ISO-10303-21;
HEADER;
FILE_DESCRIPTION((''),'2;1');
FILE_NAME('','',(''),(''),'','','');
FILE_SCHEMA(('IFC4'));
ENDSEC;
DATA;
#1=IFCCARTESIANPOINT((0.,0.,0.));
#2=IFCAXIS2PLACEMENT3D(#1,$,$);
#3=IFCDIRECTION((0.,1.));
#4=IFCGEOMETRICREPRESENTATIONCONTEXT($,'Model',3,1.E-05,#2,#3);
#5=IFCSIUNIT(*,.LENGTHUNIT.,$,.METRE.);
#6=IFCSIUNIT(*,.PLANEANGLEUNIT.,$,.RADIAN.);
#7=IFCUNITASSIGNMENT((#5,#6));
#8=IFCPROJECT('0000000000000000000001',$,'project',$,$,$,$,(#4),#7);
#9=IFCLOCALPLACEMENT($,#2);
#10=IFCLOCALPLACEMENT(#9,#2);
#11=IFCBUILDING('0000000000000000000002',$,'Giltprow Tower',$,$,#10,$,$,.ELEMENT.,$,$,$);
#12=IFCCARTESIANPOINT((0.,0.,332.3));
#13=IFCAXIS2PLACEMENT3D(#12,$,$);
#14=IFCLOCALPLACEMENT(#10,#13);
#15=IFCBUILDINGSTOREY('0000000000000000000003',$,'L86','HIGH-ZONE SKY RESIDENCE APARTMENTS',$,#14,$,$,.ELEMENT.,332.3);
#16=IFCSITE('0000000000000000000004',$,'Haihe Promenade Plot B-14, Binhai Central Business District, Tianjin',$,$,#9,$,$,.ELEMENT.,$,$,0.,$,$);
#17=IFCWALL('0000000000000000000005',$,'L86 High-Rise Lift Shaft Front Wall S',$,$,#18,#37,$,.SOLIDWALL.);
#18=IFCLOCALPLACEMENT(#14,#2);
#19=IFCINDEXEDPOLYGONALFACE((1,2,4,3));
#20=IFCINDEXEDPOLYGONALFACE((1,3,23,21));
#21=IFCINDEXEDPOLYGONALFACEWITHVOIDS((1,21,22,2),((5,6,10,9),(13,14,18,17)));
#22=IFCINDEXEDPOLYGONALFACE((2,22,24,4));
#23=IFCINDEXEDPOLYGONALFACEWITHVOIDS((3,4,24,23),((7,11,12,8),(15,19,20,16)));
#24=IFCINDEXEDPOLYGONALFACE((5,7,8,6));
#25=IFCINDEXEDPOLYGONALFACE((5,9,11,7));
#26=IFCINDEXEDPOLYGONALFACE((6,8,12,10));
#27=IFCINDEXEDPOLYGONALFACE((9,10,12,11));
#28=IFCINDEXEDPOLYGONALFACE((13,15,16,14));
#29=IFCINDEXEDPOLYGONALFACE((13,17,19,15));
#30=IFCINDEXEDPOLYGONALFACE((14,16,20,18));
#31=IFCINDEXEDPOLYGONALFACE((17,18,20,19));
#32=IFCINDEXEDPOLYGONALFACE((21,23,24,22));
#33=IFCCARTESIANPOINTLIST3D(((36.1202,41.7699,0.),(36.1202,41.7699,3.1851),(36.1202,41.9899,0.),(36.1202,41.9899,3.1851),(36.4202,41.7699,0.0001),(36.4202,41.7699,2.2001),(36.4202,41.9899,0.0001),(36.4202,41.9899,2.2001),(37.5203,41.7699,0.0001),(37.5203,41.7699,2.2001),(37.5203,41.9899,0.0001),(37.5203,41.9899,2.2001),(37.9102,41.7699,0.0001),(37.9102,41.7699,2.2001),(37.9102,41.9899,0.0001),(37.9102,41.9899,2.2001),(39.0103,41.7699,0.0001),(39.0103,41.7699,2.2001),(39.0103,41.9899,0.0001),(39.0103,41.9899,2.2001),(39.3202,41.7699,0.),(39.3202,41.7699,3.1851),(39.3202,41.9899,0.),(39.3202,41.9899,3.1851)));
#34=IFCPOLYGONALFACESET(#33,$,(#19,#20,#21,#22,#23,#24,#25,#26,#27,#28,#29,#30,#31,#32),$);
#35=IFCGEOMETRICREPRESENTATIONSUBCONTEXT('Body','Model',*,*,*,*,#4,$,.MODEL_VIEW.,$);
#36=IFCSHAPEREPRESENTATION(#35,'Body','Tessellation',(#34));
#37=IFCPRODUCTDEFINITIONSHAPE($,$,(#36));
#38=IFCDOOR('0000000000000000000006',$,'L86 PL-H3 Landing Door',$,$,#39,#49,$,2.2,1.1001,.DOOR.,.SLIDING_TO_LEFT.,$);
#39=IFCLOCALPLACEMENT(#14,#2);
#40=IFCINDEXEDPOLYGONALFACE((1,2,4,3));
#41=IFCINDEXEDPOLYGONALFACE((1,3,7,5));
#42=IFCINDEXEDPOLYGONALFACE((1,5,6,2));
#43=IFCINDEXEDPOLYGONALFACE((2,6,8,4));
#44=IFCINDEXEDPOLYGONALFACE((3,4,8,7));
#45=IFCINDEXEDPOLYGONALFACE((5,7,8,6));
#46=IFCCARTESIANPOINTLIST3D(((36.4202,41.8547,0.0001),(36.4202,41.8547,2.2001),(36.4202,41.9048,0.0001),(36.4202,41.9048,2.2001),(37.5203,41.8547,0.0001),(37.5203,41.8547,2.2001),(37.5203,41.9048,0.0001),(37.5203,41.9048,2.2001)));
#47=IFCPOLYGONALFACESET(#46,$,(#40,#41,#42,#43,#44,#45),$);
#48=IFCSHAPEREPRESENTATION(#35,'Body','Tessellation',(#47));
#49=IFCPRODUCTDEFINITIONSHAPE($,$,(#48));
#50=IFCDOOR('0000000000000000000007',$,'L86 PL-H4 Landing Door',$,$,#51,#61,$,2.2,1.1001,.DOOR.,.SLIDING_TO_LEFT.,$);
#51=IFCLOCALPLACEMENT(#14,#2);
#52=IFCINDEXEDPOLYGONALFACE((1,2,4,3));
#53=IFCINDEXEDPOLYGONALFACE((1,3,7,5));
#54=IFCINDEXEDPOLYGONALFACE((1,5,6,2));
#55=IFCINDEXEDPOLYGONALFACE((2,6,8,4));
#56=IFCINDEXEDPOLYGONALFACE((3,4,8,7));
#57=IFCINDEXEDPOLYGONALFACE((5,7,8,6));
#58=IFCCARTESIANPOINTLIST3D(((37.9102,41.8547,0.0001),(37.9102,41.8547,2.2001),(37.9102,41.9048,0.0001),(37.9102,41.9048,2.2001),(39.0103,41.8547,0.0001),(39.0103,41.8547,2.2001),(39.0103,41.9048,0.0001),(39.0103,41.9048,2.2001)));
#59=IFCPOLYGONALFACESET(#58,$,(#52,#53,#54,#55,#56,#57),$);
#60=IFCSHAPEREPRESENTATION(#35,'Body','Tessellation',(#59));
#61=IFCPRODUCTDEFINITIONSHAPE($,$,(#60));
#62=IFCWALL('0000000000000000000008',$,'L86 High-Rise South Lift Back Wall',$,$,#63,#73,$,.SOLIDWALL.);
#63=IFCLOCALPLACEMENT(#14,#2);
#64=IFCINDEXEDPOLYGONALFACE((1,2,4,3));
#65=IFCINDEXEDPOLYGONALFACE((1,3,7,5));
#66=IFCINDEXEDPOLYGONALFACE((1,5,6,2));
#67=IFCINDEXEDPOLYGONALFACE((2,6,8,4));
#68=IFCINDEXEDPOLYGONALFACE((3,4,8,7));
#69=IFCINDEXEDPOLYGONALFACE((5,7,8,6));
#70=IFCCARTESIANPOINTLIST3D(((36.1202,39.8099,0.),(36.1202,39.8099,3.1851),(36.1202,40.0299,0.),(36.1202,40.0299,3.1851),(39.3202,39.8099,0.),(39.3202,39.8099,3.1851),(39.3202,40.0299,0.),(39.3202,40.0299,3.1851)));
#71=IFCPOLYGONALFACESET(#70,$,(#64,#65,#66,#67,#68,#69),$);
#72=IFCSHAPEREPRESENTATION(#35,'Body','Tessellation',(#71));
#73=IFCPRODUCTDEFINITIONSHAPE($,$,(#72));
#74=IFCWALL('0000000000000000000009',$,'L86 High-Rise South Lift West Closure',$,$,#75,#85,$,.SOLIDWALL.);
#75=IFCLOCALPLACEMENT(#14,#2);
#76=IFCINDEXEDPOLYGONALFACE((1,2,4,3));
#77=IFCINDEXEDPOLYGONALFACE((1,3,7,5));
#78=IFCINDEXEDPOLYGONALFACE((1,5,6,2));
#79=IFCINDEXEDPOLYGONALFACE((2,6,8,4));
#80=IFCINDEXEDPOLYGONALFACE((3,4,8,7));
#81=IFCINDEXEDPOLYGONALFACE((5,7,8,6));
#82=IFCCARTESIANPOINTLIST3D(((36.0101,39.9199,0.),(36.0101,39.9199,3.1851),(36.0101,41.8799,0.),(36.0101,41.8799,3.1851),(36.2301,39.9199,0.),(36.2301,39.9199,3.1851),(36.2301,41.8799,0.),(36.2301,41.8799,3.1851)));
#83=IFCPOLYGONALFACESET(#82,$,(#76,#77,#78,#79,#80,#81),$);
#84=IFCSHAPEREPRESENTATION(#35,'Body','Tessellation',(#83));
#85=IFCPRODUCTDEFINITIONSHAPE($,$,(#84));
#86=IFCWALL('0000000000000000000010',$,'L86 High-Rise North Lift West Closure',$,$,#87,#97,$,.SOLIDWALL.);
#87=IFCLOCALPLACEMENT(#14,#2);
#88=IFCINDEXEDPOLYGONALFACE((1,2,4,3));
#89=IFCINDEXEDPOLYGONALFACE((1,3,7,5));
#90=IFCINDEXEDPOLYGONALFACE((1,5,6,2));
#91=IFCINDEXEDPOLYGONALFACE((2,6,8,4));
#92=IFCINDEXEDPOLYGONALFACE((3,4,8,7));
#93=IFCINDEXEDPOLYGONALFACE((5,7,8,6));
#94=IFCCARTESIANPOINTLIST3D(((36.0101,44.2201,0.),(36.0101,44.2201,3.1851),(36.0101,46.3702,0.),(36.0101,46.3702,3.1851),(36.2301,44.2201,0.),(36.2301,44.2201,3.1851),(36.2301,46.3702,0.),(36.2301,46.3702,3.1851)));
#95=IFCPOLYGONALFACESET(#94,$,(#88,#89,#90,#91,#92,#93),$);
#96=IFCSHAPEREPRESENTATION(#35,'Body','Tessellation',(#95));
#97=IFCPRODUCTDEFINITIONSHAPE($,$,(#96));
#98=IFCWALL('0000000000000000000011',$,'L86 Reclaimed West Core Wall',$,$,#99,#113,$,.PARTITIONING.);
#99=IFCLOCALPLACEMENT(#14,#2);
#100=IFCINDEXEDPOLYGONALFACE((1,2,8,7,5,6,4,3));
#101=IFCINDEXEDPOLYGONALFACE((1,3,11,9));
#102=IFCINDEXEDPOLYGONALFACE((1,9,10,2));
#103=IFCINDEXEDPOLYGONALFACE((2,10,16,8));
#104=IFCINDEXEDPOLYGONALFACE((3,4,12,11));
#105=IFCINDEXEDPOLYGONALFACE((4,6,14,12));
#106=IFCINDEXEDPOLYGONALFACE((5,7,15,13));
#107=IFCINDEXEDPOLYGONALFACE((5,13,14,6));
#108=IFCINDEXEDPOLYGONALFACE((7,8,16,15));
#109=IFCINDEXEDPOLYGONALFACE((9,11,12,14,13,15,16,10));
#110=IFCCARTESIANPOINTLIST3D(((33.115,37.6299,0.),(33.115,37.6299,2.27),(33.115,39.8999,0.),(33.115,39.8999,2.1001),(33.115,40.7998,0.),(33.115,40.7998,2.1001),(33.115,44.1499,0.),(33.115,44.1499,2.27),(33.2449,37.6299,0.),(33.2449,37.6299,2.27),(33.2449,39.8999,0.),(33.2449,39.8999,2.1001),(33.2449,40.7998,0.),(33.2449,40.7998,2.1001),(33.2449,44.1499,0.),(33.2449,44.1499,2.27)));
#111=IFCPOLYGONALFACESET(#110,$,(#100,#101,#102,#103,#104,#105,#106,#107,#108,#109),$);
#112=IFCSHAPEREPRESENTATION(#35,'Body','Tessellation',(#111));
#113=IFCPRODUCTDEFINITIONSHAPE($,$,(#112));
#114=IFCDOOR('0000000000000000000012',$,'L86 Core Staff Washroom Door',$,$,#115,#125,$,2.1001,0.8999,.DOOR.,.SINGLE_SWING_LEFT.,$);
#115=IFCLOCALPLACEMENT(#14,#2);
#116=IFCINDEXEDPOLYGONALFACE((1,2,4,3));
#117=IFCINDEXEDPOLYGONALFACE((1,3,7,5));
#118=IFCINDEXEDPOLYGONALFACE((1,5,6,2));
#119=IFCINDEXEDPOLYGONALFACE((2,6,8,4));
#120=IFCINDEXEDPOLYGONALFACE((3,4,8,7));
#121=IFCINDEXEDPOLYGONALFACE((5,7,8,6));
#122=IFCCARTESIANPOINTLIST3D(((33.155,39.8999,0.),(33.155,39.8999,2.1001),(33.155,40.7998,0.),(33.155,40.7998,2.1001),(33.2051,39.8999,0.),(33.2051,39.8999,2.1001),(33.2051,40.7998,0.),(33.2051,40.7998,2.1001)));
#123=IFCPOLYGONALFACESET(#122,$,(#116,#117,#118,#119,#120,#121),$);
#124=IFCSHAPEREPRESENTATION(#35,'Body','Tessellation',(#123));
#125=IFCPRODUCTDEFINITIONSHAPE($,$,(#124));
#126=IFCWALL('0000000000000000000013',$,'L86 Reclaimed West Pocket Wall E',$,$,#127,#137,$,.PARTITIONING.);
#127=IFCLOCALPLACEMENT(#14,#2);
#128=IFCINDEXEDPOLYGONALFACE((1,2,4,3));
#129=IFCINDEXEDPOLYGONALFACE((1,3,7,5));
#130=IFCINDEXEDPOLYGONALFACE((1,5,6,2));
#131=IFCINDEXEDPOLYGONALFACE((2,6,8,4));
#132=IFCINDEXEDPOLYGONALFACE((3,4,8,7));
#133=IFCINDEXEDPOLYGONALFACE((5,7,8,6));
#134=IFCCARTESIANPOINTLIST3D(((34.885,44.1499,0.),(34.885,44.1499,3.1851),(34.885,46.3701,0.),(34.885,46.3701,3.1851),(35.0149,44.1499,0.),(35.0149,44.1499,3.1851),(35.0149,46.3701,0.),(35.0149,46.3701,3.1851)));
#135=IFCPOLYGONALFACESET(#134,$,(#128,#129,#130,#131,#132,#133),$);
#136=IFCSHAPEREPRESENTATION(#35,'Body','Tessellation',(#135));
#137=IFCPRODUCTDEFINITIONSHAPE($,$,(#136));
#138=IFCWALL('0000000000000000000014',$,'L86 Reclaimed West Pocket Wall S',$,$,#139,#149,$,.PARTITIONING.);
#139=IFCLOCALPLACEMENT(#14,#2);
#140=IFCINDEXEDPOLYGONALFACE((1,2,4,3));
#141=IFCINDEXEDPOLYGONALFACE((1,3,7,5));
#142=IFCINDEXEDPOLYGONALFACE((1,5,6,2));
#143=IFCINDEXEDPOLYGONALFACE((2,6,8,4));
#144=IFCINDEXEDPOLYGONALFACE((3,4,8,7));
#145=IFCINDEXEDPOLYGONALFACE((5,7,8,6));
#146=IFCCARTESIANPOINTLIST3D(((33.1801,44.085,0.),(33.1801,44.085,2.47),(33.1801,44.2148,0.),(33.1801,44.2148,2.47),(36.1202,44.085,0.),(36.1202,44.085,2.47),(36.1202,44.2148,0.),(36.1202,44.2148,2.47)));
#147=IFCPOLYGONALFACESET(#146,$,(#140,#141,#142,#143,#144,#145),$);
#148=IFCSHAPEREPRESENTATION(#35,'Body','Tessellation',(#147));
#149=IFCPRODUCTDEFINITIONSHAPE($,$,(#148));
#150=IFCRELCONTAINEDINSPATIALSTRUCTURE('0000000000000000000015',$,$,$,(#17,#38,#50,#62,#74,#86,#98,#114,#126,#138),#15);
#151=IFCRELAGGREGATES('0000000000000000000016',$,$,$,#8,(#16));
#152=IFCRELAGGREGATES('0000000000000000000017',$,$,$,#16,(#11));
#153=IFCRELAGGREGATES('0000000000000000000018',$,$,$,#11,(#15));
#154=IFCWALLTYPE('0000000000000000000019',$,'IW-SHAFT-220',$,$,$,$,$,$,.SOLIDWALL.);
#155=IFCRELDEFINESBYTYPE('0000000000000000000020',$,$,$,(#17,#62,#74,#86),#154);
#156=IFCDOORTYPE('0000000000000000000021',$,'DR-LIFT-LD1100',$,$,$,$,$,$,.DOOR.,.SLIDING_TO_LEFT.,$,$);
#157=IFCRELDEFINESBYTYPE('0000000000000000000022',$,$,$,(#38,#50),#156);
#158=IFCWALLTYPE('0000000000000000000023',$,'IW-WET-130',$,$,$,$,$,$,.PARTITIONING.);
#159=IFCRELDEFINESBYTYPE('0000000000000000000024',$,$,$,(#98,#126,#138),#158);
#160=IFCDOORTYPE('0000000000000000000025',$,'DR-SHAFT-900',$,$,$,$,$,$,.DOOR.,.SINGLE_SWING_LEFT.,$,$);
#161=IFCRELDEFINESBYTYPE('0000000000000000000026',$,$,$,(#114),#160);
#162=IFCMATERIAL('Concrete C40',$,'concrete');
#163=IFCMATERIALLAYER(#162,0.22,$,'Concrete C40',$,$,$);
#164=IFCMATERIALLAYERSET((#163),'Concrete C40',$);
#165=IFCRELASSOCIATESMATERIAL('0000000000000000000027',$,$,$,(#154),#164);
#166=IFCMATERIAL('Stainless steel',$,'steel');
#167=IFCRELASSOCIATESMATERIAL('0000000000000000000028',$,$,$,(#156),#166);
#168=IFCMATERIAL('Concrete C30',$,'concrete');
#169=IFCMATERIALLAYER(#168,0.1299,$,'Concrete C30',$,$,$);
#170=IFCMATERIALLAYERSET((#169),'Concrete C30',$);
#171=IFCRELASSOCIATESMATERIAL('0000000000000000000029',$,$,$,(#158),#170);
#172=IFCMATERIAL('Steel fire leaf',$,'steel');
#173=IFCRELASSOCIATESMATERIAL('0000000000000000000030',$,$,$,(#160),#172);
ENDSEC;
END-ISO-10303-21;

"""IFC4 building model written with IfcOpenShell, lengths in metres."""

from ifc_helpers import new_model, si_unit, direction, frame, frame_2d, origin, place, context, subcontext, project, spatial, rectangle, extrude, source, transform, mapped, material, layer, layer_set, type_object, element, fill, save


model = new_model("IFC4")

# Units and contexts
model_context = context("Model", 3, precision=1e-05, world=origin(), true_north=direction((0.0, 1.0)))
body_context = subcontext(model_context, "Body", "Model", "MODEL_VIEW")
ifc_project = project(units=[si_unit("LENGTHUNIT", "METRE"), si_unit("PLANEANGLEUNIT", "RADIAN")], contexts=[model_context])

# Site, building, storey
site_placement = place(None, origin())
site = spatial("IfcSite", under=ifc_project, at=site_placement, Name="Haihe Promenade Plot B-14, Binhai Central Business District, Tianjin", CompositionType="ELEMENT", RefElevation=0.0)
building_placement = place(site_placement, origin())
building = spatial("IfcBuilding", under=site, at=building_placement, Name="Giltprow Tower", CompositionType="ELEMENT")
storey_placement = place(building_placement, frame((0.0, 0.0, 332.3)))
storey = spatial("IfcBuildingStorey", under=building, at=storey_placement, Name="L86", Description="HIGH-ZONE SKY RESIDENCE APARTMENTS", CompositionType="ELEMENT", Elevation=332.3)

# Wall, openings, doors
ifc_material_1 = material(Name="Concrete C40", Category="concrete")
ifc_layer_1 = layer(ifc_material_1, 0.22, Name="Concrete C40")
ifc_layer_set_1 = layer_set([ifc_layer_1], Name="Concrete C40")
wall_type_1 = type_object("IfcWallType", Name="IW-SHAFT-220", PredefinedType="SOLIDWALL", material=ifc_layer_set_1)
ifc_material_2 = material(Name="Stainless steel", Category="steel")
door_type_1 = type_object("IfcDoorType", Name="DR-LIFT-LD1100", OperationType="SLIDING_TO_LEFT", PredefinedType="DOOR", material=ifc_material_2)
shared_shape_1 = source(origin(), body_context, "Body", "SweptSolid", [
    extrude(rectangle(XDim=1.1001, YDim=2.2, at=frame_2d((0.55, 1.1001))), frame((0.0, 0.0249, 0.0), z_axis=(0.0, -1.0, 0.0), x_axis=(1.0, 0.0, 0.0)), (0.0, 0.0, 1.0), 0.05),
])
wall_1_placement = place(storey_placement, frame((36.1201, 41.8799, 0.0), z_axis=(0.0, 0.0, 1.0), x_axis=(1.0, 0.0, 0.0)))
wall_1 = element("IfcWall", 1, at=wall_1_placement, inside=storey, type_object=wall_type_1, Name="L86 High-Rise Lift Shaft Front Wall S", PredefinedType="SOLIDWALL", context=body_context, shape_type="SweptSolid", body=[
    extrude(rectangle(XDim=3.2, YDim=0.22, at=frame_2d((1.6001, 0.0))), origin(), (0.0, 0.0, 1.0), 3.1851),
])
opening_1_placement = place(wall_1_placement, frame((0.3, 0.0, 0.0)))
opening_1 = element("IfcOpeningElement", 2, at=opening_1_placement, cuts=wall_1, PredefinedType="OPENING", context=body_context, shape_type="SweptSolid", body=[
    extrude(rectangle(XDim=1.1001, YDim=2.2, at=frame_2d((0.55, 1.1001))), frame((0.0, 0.1199, 0.0), z_axis=(0.0, -1.0, 0.0), x_axis=(1.0, 0.0, 0.0)), (0.0, 0.0, 1.0), 0.24),
])
opening_2_placement = place(wall_1_placement, frame((1.79, 0.0, 0.0)))
opening_2 = element("IfcOpeningElement", 3, at=opening_2_placement, cuts=wall_1, PredefinedType="OPENING", context=body_context, shape_type="SweptSolid", body=[
    extrude(rectangle(XDim=1.1001, YDim=2.2, at=frame_2d((0.55, 1.1001))), frame((0.0, 0.1199, 0.0), z_axis=(0.0, -1.0, 0.0), x_axis=(1.0, 0.0, 0.0)), (0.0, 0.0, 1.0), 0.24),
])
door_1_placement = place(opening_1_placement, origin())
door_1 = element("IfcDoor", 4, at=door_1_placement, inside=storey, type_object=door_type_1, Name="L86 PL-H3 Landing Door", OperationType="SLIDING_TO_LEFT", OverallHeight=2.2, OverallWidth=1.1001, PredefinedType="DOOR", context=body_context, shape_type="MappedRepresentation", body=[
    mapped(shared_shape_1, transform((0.0, 0.0, 0.0), x_axis=(1.0, 0.0, 0.0), y_axis=(0.0, 1.0, 0.0), z_axis=(0.0, 0.0, 1.0), scale=1.0)),
])
fill(opening_1, door_1)
door_2_placement = place(opening_2_placement, origin())
door_2 = element("IfcDoor", 5, at=door_2_placement, inside=storey, type_object=door_type_1, Name="L86 PL-H4 Landing Door", OperationType="SLIDING_TO_LEFT", OverallHeight=2.2, OverallWidth=1.1001, PredefinedType="DOOR", context=body_context, shape_type="MappedRepresentation", body=[
    mapped(shared_shape_1, transform((0.0, 0.0, 0.0), x_axis=(1.0, 0.0, 0.0), y_axis=(0.0, 1.0, 0.0), z_axis=(0.0, 0.0, 1.0), scale=1.0)),
])
fill(opening_2, door_2)

# Walls
wall_2_placement = place(storey_placement, frame((36.1201, 39.9199, 0.0), z_axis=(0.0, 0.0, 1.0), x_axis=(1.0, 0.0, 0.0)))
element("IfcWall", 6, at=wall_2_placement, inside=storey, type_object=wall_type_1, Name="L86 High-Rise South Lift Back Wall", PredefinedType="SOLIDWALL", context=body_context, shape_type="SweptSolid", body=[
    extrude(rectangle(XDim=3.2, YDim=0.22, at=frame_2d((1.6001, 0.0))), origin(), (0.0, 0.0, 1.0), 3.1851),
])
wall_3_placement = place(storey_placement, frame((36.1201, 39.9199, 0.0), z_axis=(0.0, 0.0, 1.0), x_axis=(0.0, 1.0, 0.0)))
element("IfcWall", 7, at=wall_3_placement, inside=storey, type_object=wall_type_1, Name="L86 High-Rise South Lift West Closure", PredefinedType="SOLIDWALL", context=body_context, shape_type="SweptSolid", body=[
    extrude(rectangle(XDim=1.96, YDim=0.22, at=frame_2d((0.98, 0.0))), origin(), (0.0, 0.0, 1.0), 3.1851),
])
wall_4_placement = place(storey_placement, frame((36.1201, 44.22, 0.0), z_axis=(0.0, 0.0, 1.0), x_axis=(0.0, 1.0, 0.0)))
element("IfcWall", 8, at=wall_4_placement, inside=storey, type_object=wall_type_1, Name="L86 High-Rise North Lift West Closure", PredefinedType="SOLIDWALL", context=body_context, shape_type="SweptSolid", body=[
    extrude(rectangle(XDim=2.1501, YDim=0.22, at=frame_2d((1.0752, 0.0))), origin(), (0.0, 0.0, 1.0), 3.1851),
])

# Wall, opening, door
ifc_material_3 = material(Name="Concrete C30", Category="concrete")
ifc_layer_2 = layer(ifc_material_3, 0.1299, Name="Concrete C30")
ifc_layer_set_2 = layer_set([ifc_layer_2], Name="Concrete C30")
wall_type_2 = type_object("IfcWallType", Name="IW-WET-130", PredefinedType="PARTITIONING", material=ifc_layer_set_2)
wall_5_placement = place(storey_placement, frame((33.1799, 37.6299, 0.0), z_axis=(0.0, 0.0, 1.0), x_axis=(0.0, 1.0, 0.0)))
wall_5 = element("IfcWall", 9, at=wall_5_placement, inside=storey, type_object=wall_type_2, Name="L86 Reclaimed West Core Wall", PredefinedType="PARTITIONING", context=body_context, shape_type="SweptSolid", body=[
    extrude(rectangle(XDim=6.52, YDim=0.1299, at=frame_2d((3.26, 0.0))), origin(), (0.0, 0.0, 1.0), 2.27),
])
opening_3_placement = place(wall_5_placement, frame((2.27, 0.0, 0.0)))
opening_3 = element("IfcOpeningElement", 10, at=opening_3_placement, cuts=wall_5, PredefinedType="OPENING", context=body_context, shape_type="SweptSolid", body=[
    extrude(rectangle(XDim=0.8999, YDim=2.1001, at=frame_2d((0.45, 1.05))), frame((0.0, 0.075, 0.0), z_axis=(0.0, -1.0, 0.0), x_axis=(1.0, 0.0, 0.0)), (0.0, 0.0, 1.0), 0.1499),
])
ifc_material_4 = material(Name="Steel fire leaf", Category="steel")
door_type_2 = type_object("IfcDoorType", Name="DR-SHAFT-900", OperationType="SINGLE_SWING_LEFT", PredefinedType="DOOR", material=ifc_material_4)
shared_shape_2 = source(origin(), body_context, "Body", "SweptSolid", [
    extrude(rectangle(XDim=0.8999, YDim=2.1001, at=frame_2d((0.45, 1.05))), frame((0.0, 0.0249, 0.0), z_axis=(0.0, -1.0, 0.0), x_axis=(1.0, 0.0, 0.0)), (0.0, 0.0, 1.0), 0.05),
])
door_3_placement = place(opening_3_placement, origin())
door_3 = element("IfcDoor", 11, at=door_3_placement, inside=storey, type_object=door_type_2, Name="L86 Core Staff Washroom Door", OperationType="SINGLE_SWING_LEFT", OverallHeight=2.1001, OverallWidth=0.8999, PredefinedType="DOOR", context=body_context, shape_type="MappedRepresentation", body=[
    mapped(shared_shape_2, transform((0.0, 0.0, 0.0), x_axis=(1.0, 0.0, 0.0), y_axis=(0.0, 1.0, 0.0), z_axis=(0.0, 0.0, 1.0), scale=1.0)),
])
fill(opening_3, door_3)

# Walls
wall_6_placement = place(storey_placement, frame((34.95, 44.1499, 0.0), z_axis=(0.0, 0.0, 1.0), x_axis=(0.0, 1.0, 0.0)))
element("IfcWall", 12, at=wall_6_placement, inside=storey, type_object=wall_type_2, Name="L86 Reclaimed West Pocket Wall E", PredefinedType="PARTITIONING", context=body_context, shape_type="SweptSolid", body=[
    extrude(rectangle(XDim=2.2202, YDim=0.1299, at=frame_2d((1.1101, 0.0))), origin(), (0.0, 0.0, 1.0), 3.1851),
])
wall_7_placement = place(storey_placement, frame((33.1799, 44.1499, 0.0), z_axis=(0.0, 0.0, 1.0), x_axis=(1.0, 0.0, 0.0)))
element("IfcWall", 13, at=wall_7_placement, inside=storey, type_object=wall_type_2, Name="L86 Reclaimed West Pocket Wall S", PredefinedType="PARTITIONING", context=body_context, shape_type="SweptSolid", body=[
    extrude(rectangle(XDim=2.9402, YDim=0.1299, at=frame_2d((1.4702, 0.0))), origin(), (0.0, 0.0, 1.0), 2.47),
])

save(model, "model.ifc")
